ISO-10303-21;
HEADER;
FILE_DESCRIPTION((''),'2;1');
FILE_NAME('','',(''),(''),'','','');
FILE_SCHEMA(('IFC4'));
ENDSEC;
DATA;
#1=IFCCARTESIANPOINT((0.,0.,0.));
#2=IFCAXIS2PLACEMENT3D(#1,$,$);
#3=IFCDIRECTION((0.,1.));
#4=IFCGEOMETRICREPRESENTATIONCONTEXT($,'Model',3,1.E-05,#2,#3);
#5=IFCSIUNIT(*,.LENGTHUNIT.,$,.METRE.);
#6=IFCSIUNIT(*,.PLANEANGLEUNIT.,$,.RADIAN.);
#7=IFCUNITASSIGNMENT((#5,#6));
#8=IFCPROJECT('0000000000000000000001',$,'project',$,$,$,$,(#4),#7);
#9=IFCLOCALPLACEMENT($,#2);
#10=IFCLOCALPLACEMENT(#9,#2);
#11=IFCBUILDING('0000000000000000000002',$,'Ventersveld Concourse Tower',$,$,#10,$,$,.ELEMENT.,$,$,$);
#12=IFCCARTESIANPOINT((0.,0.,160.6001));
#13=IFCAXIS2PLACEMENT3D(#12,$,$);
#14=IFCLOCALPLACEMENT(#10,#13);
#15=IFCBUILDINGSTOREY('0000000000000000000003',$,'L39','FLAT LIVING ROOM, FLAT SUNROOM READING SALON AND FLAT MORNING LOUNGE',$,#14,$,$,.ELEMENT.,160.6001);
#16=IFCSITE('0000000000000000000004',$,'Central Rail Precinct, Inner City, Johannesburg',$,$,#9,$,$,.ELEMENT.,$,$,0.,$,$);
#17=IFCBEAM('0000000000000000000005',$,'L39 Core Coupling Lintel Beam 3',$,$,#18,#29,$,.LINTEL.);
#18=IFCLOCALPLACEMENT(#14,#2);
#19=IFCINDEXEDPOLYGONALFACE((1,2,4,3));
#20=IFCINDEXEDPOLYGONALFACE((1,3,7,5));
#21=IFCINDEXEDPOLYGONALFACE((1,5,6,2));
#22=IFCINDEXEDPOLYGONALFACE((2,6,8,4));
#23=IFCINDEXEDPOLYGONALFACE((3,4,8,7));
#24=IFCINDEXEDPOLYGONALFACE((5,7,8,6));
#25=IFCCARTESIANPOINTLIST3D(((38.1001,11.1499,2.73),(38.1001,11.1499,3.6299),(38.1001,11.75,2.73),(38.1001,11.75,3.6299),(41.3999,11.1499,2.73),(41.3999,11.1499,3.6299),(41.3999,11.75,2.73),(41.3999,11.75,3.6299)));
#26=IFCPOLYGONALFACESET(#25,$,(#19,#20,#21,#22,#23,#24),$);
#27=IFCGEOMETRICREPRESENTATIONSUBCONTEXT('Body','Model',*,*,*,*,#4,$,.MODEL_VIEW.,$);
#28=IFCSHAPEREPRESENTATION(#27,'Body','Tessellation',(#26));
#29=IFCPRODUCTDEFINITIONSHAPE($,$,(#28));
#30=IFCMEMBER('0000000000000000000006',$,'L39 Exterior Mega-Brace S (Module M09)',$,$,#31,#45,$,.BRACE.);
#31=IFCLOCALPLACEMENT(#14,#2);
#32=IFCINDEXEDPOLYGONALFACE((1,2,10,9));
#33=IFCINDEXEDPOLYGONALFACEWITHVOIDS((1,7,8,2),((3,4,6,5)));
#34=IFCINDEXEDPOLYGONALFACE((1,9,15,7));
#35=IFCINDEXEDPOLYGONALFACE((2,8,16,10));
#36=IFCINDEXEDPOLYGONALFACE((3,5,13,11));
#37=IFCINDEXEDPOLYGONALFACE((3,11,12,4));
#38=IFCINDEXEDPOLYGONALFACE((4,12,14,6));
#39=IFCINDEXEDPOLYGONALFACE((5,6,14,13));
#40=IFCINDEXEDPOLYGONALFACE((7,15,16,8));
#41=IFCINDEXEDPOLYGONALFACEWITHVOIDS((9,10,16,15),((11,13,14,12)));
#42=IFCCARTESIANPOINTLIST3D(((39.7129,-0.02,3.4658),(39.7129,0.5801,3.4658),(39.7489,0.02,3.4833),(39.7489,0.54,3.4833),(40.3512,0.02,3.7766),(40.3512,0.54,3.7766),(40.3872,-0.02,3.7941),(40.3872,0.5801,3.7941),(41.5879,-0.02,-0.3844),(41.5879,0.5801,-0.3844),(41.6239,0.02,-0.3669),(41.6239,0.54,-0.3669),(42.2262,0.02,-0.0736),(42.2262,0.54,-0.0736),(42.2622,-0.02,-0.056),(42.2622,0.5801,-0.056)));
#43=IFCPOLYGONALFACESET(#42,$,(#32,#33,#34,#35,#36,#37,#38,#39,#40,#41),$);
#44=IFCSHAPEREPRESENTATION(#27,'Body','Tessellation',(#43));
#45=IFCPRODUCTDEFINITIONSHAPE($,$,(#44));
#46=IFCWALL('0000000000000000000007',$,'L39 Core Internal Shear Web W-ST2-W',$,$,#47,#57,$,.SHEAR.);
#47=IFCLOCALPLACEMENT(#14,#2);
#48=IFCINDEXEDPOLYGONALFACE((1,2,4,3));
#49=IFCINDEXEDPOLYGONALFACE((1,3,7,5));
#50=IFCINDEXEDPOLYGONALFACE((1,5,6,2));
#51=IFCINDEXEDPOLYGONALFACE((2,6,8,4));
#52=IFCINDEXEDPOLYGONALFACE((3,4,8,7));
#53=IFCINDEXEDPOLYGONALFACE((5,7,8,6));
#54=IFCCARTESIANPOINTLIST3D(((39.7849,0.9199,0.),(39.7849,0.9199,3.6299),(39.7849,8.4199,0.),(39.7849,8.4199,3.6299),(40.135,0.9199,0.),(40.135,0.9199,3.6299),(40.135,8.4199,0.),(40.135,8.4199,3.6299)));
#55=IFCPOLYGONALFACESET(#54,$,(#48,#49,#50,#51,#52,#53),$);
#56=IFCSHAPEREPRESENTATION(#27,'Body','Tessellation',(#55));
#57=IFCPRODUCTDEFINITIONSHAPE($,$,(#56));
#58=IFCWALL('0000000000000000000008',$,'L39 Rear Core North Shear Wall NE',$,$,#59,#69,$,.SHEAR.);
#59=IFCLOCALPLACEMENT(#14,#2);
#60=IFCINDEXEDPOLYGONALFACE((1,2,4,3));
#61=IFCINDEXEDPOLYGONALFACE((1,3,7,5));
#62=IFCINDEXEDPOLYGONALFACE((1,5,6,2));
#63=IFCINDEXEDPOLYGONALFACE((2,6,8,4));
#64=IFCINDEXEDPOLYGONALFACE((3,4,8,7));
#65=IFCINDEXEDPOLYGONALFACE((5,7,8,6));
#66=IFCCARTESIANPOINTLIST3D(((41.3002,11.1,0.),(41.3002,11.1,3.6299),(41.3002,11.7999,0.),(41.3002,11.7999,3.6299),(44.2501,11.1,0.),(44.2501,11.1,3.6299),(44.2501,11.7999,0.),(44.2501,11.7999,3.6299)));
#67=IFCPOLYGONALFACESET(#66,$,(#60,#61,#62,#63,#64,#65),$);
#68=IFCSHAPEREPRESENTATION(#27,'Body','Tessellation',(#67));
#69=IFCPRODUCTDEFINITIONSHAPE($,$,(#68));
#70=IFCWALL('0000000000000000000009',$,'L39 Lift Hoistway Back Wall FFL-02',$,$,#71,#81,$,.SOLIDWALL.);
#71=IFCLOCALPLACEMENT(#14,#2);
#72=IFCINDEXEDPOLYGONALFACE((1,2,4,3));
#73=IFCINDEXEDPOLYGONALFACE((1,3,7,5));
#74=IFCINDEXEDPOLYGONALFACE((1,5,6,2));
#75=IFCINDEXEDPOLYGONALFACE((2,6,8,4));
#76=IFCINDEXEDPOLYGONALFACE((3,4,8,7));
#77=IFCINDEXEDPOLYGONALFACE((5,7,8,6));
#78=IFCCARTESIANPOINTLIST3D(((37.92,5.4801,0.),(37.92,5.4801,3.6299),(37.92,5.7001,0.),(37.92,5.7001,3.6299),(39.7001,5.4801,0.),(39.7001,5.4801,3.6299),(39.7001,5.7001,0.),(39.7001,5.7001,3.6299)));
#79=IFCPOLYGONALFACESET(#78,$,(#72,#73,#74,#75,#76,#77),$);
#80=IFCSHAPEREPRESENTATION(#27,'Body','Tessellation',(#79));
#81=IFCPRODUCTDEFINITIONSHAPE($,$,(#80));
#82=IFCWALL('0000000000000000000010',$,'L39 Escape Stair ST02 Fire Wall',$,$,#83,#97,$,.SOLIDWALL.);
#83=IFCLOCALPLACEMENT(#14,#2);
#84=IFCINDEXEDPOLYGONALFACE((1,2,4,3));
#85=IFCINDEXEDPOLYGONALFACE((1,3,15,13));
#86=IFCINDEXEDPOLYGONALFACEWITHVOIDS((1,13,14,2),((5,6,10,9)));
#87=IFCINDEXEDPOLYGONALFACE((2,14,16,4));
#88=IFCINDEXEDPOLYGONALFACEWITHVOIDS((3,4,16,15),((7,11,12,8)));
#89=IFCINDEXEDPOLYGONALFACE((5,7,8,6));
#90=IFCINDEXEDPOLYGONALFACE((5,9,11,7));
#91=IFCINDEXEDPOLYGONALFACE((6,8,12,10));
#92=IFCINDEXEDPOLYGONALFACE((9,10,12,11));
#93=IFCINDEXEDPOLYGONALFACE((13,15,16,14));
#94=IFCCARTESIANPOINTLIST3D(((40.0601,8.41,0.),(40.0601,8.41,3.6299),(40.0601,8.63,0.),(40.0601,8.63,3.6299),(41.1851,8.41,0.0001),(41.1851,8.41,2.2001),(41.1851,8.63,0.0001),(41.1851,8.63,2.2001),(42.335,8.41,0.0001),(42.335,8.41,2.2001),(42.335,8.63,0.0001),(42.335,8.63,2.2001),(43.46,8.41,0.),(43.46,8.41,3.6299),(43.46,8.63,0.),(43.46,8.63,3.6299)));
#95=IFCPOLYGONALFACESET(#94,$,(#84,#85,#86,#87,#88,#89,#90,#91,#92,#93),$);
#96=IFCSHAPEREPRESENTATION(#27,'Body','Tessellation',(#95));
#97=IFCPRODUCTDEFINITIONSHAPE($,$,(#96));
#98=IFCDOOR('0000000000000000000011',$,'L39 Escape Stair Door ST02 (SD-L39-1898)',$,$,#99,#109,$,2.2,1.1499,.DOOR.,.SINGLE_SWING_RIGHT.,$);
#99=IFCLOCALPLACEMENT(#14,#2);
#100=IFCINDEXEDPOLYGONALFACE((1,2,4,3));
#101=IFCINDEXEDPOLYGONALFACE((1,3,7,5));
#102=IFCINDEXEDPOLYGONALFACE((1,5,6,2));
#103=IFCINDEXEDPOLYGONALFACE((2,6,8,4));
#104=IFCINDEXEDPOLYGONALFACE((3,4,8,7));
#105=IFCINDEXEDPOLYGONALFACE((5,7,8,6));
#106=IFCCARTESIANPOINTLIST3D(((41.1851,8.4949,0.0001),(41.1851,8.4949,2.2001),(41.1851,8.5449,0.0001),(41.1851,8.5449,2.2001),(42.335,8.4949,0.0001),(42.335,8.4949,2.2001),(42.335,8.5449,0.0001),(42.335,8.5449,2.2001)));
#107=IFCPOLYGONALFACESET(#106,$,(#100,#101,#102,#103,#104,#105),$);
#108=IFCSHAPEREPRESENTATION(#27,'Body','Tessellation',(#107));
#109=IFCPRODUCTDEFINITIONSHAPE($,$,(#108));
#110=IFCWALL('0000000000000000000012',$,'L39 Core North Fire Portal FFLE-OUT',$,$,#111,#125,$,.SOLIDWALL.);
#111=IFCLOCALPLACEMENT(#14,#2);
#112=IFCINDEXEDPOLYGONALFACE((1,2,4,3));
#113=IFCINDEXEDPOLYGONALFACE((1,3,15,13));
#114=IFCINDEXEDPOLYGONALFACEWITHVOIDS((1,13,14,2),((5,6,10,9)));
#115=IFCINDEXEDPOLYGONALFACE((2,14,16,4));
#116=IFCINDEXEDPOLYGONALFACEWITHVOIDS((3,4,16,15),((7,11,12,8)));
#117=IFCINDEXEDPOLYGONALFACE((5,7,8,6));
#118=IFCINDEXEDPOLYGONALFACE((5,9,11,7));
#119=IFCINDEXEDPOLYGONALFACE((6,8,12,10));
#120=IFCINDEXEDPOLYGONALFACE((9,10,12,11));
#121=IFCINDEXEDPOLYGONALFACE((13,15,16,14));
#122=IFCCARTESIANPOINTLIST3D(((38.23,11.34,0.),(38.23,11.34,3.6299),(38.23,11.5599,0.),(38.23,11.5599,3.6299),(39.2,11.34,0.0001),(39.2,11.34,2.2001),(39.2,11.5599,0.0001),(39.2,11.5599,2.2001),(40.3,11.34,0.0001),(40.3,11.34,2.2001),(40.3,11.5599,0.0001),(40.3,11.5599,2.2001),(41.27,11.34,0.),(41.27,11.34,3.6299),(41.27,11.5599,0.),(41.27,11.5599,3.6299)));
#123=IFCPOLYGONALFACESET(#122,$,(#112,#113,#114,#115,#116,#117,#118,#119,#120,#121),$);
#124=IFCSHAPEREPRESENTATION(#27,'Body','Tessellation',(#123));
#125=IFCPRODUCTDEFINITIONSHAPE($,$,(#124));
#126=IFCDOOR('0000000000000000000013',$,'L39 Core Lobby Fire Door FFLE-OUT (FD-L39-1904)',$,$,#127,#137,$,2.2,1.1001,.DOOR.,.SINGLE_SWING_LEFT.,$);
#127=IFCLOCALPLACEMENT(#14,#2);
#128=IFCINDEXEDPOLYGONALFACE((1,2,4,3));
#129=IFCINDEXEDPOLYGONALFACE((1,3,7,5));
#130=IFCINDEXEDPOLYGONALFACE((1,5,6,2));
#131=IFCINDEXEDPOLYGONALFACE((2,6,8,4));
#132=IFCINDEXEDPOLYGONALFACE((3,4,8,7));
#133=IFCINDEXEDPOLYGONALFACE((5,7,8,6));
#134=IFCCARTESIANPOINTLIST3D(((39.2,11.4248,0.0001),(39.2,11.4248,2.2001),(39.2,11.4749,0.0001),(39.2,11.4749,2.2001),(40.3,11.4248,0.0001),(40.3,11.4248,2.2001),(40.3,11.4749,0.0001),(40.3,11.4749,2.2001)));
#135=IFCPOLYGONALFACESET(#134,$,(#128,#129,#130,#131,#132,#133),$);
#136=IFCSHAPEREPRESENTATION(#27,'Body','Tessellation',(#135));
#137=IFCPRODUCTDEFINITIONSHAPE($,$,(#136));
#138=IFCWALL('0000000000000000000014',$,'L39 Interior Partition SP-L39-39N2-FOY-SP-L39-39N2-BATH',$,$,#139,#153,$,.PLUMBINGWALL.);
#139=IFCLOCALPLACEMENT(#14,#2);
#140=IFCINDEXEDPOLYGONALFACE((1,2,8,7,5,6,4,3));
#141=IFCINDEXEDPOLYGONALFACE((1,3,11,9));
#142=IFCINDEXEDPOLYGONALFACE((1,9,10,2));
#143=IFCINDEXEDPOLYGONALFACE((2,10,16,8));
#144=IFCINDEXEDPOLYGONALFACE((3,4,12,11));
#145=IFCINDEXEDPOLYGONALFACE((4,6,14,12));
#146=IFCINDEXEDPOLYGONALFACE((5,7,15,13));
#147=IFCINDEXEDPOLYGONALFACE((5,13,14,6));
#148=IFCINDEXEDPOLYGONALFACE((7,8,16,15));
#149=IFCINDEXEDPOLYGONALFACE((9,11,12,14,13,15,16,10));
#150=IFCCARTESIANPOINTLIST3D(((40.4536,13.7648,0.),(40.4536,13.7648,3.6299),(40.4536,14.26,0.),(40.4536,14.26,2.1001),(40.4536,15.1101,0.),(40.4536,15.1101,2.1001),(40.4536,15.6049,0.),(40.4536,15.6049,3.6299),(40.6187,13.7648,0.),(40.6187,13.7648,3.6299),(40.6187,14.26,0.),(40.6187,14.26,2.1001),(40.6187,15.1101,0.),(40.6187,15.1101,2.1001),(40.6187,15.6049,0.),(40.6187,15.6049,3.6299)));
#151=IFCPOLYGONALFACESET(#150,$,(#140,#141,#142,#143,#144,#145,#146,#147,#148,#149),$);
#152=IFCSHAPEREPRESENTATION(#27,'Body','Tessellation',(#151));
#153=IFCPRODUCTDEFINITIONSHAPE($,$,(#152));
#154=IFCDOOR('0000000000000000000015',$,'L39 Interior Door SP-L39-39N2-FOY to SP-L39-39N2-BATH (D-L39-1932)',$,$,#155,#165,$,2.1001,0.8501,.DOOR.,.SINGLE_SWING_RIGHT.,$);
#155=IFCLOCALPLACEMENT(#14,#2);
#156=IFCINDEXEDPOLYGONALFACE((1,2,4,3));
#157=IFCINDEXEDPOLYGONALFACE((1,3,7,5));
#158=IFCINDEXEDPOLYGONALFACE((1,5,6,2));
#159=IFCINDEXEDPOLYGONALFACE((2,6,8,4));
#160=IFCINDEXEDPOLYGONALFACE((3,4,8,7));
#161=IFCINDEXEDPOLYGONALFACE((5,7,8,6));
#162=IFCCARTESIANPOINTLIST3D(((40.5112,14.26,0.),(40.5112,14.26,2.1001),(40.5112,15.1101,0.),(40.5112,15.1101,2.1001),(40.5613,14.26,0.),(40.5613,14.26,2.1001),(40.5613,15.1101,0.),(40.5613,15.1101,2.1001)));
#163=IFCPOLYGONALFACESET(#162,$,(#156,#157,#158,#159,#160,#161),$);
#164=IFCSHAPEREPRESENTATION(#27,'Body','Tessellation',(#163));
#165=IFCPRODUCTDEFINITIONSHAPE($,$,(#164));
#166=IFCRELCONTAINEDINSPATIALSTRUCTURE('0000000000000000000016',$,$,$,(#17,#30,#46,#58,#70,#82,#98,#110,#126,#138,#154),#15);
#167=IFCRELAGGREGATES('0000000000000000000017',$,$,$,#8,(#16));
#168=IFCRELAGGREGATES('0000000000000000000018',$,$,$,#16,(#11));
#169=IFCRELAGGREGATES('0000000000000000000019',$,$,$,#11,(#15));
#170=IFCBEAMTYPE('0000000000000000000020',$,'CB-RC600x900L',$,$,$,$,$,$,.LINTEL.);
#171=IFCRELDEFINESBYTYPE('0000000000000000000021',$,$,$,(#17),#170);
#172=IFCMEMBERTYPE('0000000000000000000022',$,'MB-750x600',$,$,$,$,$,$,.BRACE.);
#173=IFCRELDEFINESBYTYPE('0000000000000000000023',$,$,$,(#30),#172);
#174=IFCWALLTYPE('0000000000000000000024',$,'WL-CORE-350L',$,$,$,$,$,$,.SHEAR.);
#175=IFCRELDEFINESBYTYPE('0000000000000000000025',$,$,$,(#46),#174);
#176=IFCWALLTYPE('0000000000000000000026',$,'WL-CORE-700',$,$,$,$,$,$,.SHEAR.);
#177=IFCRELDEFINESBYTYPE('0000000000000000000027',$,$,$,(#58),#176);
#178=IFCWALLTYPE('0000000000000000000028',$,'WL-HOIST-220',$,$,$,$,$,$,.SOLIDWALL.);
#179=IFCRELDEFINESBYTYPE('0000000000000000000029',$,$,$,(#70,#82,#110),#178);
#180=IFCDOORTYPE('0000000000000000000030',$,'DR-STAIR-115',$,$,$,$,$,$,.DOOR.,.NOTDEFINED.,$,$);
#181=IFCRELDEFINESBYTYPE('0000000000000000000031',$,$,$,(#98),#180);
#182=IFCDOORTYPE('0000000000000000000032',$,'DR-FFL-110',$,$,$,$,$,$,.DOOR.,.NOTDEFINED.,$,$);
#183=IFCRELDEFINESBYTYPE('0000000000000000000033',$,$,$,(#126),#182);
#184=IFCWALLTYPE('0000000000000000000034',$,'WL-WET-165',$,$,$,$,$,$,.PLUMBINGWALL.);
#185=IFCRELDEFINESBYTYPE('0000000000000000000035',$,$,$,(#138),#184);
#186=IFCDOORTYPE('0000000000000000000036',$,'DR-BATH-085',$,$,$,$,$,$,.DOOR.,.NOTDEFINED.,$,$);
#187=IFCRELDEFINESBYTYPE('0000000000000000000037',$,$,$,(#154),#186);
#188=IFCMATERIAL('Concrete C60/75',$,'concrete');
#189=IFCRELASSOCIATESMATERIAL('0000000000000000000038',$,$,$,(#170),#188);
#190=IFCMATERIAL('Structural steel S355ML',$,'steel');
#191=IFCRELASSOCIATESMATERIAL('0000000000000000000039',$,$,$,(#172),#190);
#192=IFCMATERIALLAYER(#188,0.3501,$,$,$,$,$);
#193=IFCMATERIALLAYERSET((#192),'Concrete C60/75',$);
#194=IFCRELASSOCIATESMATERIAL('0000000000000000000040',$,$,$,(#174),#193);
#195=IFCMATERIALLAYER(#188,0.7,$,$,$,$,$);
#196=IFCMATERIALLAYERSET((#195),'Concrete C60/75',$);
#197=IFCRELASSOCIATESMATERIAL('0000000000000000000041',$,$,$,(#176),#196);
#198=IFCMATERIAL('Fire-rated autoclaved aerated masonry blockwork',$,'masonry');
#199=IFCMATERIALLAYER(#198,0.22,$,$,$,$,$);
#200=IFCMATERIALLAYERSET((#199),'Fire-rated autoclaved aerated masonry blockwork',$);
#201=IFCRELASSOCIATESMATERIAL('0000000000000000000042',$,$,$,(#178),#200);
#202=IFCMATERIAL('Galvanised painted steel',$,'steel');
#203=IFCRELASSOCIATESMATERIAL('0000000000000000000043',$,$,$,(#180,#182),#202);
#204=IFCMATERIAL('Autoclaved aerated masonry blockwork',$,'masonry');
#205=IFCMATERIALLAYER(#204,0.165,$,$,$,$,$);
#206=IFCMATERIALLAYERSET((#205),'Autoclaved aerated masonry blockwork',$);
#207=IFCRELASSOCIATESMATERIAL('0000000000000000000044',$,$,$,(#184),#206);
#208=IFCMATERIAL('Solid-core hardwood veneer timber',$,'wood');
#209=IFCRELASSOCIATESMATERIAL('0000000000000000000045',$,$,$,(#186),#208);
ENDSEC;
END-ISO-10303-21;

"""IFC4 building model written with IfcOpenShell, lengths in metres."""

from ifc_helpers import new_model, si_unit, direction, frame, frame_2d, origin, origin_2d, place, context, subcontext, project, spatial, rectangle, hollow_rectangle, extrude, material, layer, layer_set, material_profile, profile_set, type_object, element, fill, save


model = new_model("IFC4")

# Units and contexts
model_context = context("Model", 3, precision=1e-05, world=origin(), true_north=direction((0.0, 1.0)))
body_context = subcontext(model_context, "Body", "Model", "MODEL_VIEW")
ifc_project = project(units=[si_unit("LENGTHUNIT", "METRE"), si_unit("PLANEANGLEUNIT", "RADIAN")], contexts=[model_context])

# Site, building, storey
site_placement = place(None, origin())
site = spatial("IfcSite", under=ifc_project, at=site_placement, Name="Central Rail Precinct, Inner City, Johannesburg", CompositionType="ELEMENT", RefElevation=0.0)
building_placement = place(site_placement, origin())
building = spatial("IfcBuilding", under=site, at=building_placement, Name="Ventersveld Concourse Tower", CompositionType="ELEMENT")
storey_placement = place(building_placement, frame((0.0, 0.0, 160.6001)))
storey = spatial("IfcBuildingStorey", under=building, at=storey_placement, Name="L39", Description="FLAT LIVING ROOM, FLAT SUNROOM READING SALON AND FLAT MORNING LOUNGE", CompositionType="ELEMENT", Elevation=160.6001)

# Beam
ifc_material_1 = material(Name="Concrete C60/75", Category="concrete")
ifc_material_profile_1 = material_profile(ifc_material_1, rectangle(XDim=0.6001, YDim=0.8999, at=origin_2d()), Name="RC 600x900")
ifc_profile_set_1 = profile_set([ifc_material_profile_1], Name="Concrete C60/75")
beam_type = type_object("IfcBeamType", Name="CB-RC600x900L", PredefinedType="LINTEL", material=ifc_profile_set_1)
beam_placement = place(storey_placement, frame((38.1001, 11.45, 3.1799), z_axis=(1.0, 0.0, 0.0), x_axis=(0.0, 1.0, 0.0)))
element("IfcBeam", 1, at=beam_placement, inside=storey, type_object=beam_type, Name="L39 Core Coupling Lintel Beam 3", PredefinedType="LINTEL", context=body_context, shape_type="SweptSolid", body=[
    extrude(rectangle(XDim=0.6001, YDim=0.8999, at=origin_2d()), origin(), (0.0, 0.0, 1.0), 3.2998),
])

# Member
ifc_material_2 = material(Name="Structural steel S355ML", Category="steel")
ifc_material_profile_2 = material_profile(ifc_material_2, hollow_rectangle(XDim=0.6001, YDim=0.75, WallThickness=0.04, at=origin_2d()), Name="BOX 750x600x40")
ifc_profile_set_2 = profile_set([ifc_material_profile_2], Name="Structural steel S355ML")
member_type = type_object("IfcMemberType", Name="MB-750x600", PredefinedType="BRACE", material=ifc_profile_set_2)
member_placement = place(storey_placement, frame((41.925, 0.28, -0.2202), z_axis=(-0.437839, 0.0, 0.899053), x_axis=(0.0, -1.0, 0.0)))
element("IfcMember", 2, at=member_placement, inside=storey, type_object=member_type, Name="L39 Exterior Mega-Brace S (Module M09)", PredefinedType="BRACE", context=body_context, shape_type="SweptSolid", body=[
    extrude(hollow_rectangle(XDim=0.6001, YDim=0.75, WallThickness=0.04, at=origin_2d()), origin(), (0.0, 0.0, 1.0), 4.2825),
])

# Walls
ifc_layer_1 = layer(ifc_material_1, 0.3501)
ifc_layer_set_1 = layer_set([ifc_layer_1], Name="Concrete C60/75")
wall_type_1 = type_object("IfcWallType", Name="WL-CORE-350L", PredefinedType="SHEAR", material=ifc_layer_set_1)
wall_1_placement = place(storey_placement, frame((39.96, 0.9199, 0.0), z_axis=(0.0, 0.0, 1.0), x_axis=(0.0, 1.0, 0.0)))
element("IfcWall", 3, at=wall_1_placement, inside=storey, type_object=wall_type_1, Name="L39 Core Internal Shear Web W-ST2-W", PredefinedType="SHEAR", context=body_context, shape_type="SweptSolid", body=[
    extrude(rectangle(XDim=7.5, YDim=0.3501, at=frame_2d((3.75, 0.0))), origin(), (0.0, 0.0, 1.0), 3.6299),
])
ifc_layer_2 = layer(ifc_material_1, 0.7)
ifc_layer_set_2 = layer_set([ifc_layer_2], Name="Concrete C60/75")
wall_type_2 = type_object("IfcWallType", Name="WL-CORE-700", PredefinedType="SHEAR", material=ifc_layer_set_2)
wall_2_placement = place(storey_placement, frame((41.3, 11.45, 0.0), z_axis=(0.0, 0.0, 1.0), x_axis=(1.0, 0.0, 0.0)))
element("IfcWall", 4, at=wall_2_placement, inside=storey, type_object=wall_type_2, Name="L39 Rear Core North Shear Wall NE", PredefinedType="SHEAR", context=body_context, shape_type="SweptSolid", body=[
    extrude(rectangle(XDim=2.95, YDim=0.7, at=frame_2d((1.4751, 0.0))), origin(), (0.0, 0.0, 1.0), 3.6299),
])
ifc_material_3 = material(Name="Fire-rated autoclaved aerated masonry blockwork", Category="masonry")
ifc_layer_3 = layer(ifc_material_3, 0.22)
ifc_layer_set_3 = layer_set([ifc_layer_3], Name="Fire-rated autoclaved aerated masonry blockwork")
wall_type_3 = type_object("IfcWallType", Name="WL-HOIST-220", PredefinedType="SOLIDWALL", material=ifc_layer_set_3)
wall_3_placement = place(storey_placement, frame((37.9199, 5.5901, 0.0), z_axis=(0.0, 0.0, 1.0), x_axis=(1.0, 0.0, 0.0)))
element("IfcWall", 5, at=wall_3_placement, inside=storey, type_object=wall_type_3, Name="L39 Lift Hoistway Back Wall FFL-02", PredefinedType="SOLIDWALL", context=body_context, shape_type="SweptSolid", body=[
    extrude(rectangle(XDim=1.78, YDim=0.22, at=frame_2d((0.8901, 0.0))), origin(), (0.0, 0.0, 1.0), 3.6299),
])

# Walls, openings, doors
wall_4_placement = place(storey_placement, frame((40.0601, 8.52, 0.0), z_axis=(0.0, 0.0, 1.0), x_axis=(1.0, 0.0, 0.0)))
wall_4 = element("IfcWall", 6, at=wall_4_placement, inside=storey, type_object=wall_type_3, Name="L39 Escape Stair ST02 Fire Wall", PredefinedType="SOLIDWALL", context=body_context, shape_type="SweptSolid", body=[
    extrude(rectangle(XDim=3.3999, YDim=0.22, at=frame_2d((1.7, 0.0))), origin(), (0.0, 0.0, 1.0), 3.6299),
])
opening_1_placement = place(wall_4_placement, frame((1.125, 0.0, 0.0)))
opening_1 = element("IfcOpeningElement", 7, at=opening_1_placement, cuts=wall_4, PredefinedType="OPENING", context=body_context, shape_type="SweptSolid", body=[
    extrude(rectangle(XDim=1.1499, YDim=2.2, at=frame_2d((0.575, 1.1001))), frame((0.0, 0.1201, 0.0), z_axis=(0.0, -1.0, 0.0), x_axis=(1.0, 0.0, 0.0)), (0.0, 0.0, 1.0), 0.24),
])
ifc_material_4 = material(Name="Galvanised painted steel", Category="steel")
door_type_1 = type_object("IfcDoorType", Name="DR-STAIR-115", OperationType="NOTDEFINED", PredefinedType="DOOR", material=ifc_material_4)
door_1_placement = place(opening_1_placement, origin())
door_1 = element("IfcDoor", 8, at=door_1_placement, inside=storey, type_object=door_type_1, Name="L39 Escape Stair Door ST02 (SD-L39-1898)", OperationType="SINGLE_SWING_RIGHT", OverallHeight=2.2, OverallWidth=1.1499, PredefinedType="DOOR", context=body_context, shape_type="SweptSolid", body=[
    extrude(rectangle(XDim=1.1499, YDim=2.2, at=frame_2d((0.575, 1.1001))), frame((0.0, 0.0249, 0.0), z_axis=(0.0, -1.0, 0.0), x_axis=(1.0, 0.0, 0.0)), (0.0, 0.0, 1.0), 0.05),
])
fill(opening_1, door_1)
wall_5_placement = place(storey_placement, frame((38.23, 11.45, 0.0), z_axis=(0.0, 0.0, 1.0), x_axis=(1.0, 0.0, 0.0)))
wall_5 = element("IfcWall", 9, at=wall_5_placement, inside=storey, type_object=wall_type_3, Name="L39 Core North Fire Portal FFLE-OUT", PredefinedType="SOLIDWALL", context=body_context, shape_type="SweptSolid", body=[
    extrude(rectangle(XDim=3.04, YDim=0.22, at=frame_2d((1.52, 0.0))), origin(), (0.0, 0.0, 1.0), 3.6299),
])
opening_2_placement = place(wall_5_placement, frame((0.97, 0.0, 0.0)))
opening_2 = element("IfcOpeningElement", 10, at=opening_2_placement, cuts=wall_5, PredefinedType="OPENING", context=body_context, shape_type="SweptSolid", body=[
    extrude(rectangle(XDim=1.1001, YDim=2.2, at=frame_2d((0.55, 1.1001))), frame((0.0, 0.1201, 0.0), z_axis=(0.0, -1.0, 0.0), x_axis=(1.0, 0.0, 0.0)), (0.0, 0.0, 1.0), 0.24),
])
door_type_2 = type_object("IfcDoorType", Name="DR-FFL-110", OperationType="NOTDEFINED", PredefinedType="DOOR", material=ifc_material_4)
door_2_placement = place(opening_2_placement, origin())
door_2 = element("IfcDoor", 11, at=door_2_placement, inside=storey, type_object=door_type_2, Name="L39 Core Lobby Fire Door FFLE-OUT (FD-L39-1904)", OperationType="SINGLE_SWING_LEFT", OverallHeight=2.2, OverallWidth=1.1001, PredefinedType="DOOR", context=body_context, shape_type="SweptSolid", body=[
    extrude(rectangle(XDim=1.1001, YDim=2.2, at=frame_2d((0.55, 1.1001))), frame((0.0, 0.0249, 0.0), z_axis=(0.0, -1.0, 0.0), x_axis=(1.0, 0.0, 0.0)), (0.0, 0.0, 1.0), 0.05),
])
fill(opening_2, door_2)
ifc_material_5 = material(Name="Autoclaved aerated masonry blockwork", Category="masonry")
ifc_layer_4 = layer(ifc_material_5, 0.165)
ifc_layer_set_4 = layer_set([ifc_layer_4], Name="Autoclaved aerated masonry blockwork")
wall_type_4 = type_object("IfcWallType", Name="WL-WET-165", PredefinedType="PLUMBINGWALL", material=ifc_layer_set_4)
wall_6_placement = place(storey_placement, frame((40.5361, 13.7649, 0.0), z_axis=(0.0, 0.0, 1.0), x_axis=(0.0, 1.0, 0.0)))
wall_6 = element("IfcWall", 12, at=wall_6_placement, inside=storey, type_object=wall_type_4, Name="L39 Interior Partition SP-L39-39N2-FOY-SP-L39-39N2-BATH", PredefinedType="PLUMBINGWALL", context=body_context, shape_type="SweptSolid", body=[
    extrude(rectangle(XDim=1.8401, YDim=0.165, at=frame_2d((0.9199, 0.0))), origin(), (0.0, 0.0, 1.0), 3.6299),
])
opening_3_placement = place(wall_6_placement, frame((0.4951, 0.0, 0.0)))
opening_3 = element("IfcOpeningElement", 13, at=opening_3_placement, cuts=wall_6, PredefinedType="OPENING", context=body_context, shape_type="SweptSolid", body=[
    extrude(rectangle(XDim=0.8501, YDim=2.1001, at=frame_2d((0.425, 1.05))), frame((0.0, 0.0925, 0.0), z_axis=(0.0, -1.0, 0.0), x_axis=(1.0, 0.0, 0.0)), (0.0, 0.0, 1.0), 0.1851),
])
ifc_material_6 = material(Name="Solid-core hardwood veneer timber", Category="wood")
door_type_3 = type_object("IfcDoorType", Name="DR-BATH-085", OperationType="NOTDEFINED", PredefinedType="DOOR", material=ifc_material_6)
door_3_placement = place(opening_3_placement, origin())
door_3 = element("IfcDoor", 14, at=door_3_placement, inside=storey, type_object=door_type_3, Name="L39 Interior Door SP-L39-39N2-FOY to SP-L39-39N2-BATH (D-L39-1932)", OperationType="SINGLE_SWING_RIGHT", OverallHeight=2.1001, OverallWidth=0.8501, PredefinedType="DOOR", context=body_context, shape_type="SweptSolid", body=[
    extrude(rectangle(XDim=0.8501, YDim=2.1001, at=frame_2d((0.425, 1.05))), frame((0.0, 0.0249, 0.0), z_axis=(0.0, -1.0, 0.0), x_axis=(1.0, 0.0, 0.0)), (0.0, 0.0, 1.0), 0.05),
])
fill(opening_3, door_3)

save(model, "model.ifc")
